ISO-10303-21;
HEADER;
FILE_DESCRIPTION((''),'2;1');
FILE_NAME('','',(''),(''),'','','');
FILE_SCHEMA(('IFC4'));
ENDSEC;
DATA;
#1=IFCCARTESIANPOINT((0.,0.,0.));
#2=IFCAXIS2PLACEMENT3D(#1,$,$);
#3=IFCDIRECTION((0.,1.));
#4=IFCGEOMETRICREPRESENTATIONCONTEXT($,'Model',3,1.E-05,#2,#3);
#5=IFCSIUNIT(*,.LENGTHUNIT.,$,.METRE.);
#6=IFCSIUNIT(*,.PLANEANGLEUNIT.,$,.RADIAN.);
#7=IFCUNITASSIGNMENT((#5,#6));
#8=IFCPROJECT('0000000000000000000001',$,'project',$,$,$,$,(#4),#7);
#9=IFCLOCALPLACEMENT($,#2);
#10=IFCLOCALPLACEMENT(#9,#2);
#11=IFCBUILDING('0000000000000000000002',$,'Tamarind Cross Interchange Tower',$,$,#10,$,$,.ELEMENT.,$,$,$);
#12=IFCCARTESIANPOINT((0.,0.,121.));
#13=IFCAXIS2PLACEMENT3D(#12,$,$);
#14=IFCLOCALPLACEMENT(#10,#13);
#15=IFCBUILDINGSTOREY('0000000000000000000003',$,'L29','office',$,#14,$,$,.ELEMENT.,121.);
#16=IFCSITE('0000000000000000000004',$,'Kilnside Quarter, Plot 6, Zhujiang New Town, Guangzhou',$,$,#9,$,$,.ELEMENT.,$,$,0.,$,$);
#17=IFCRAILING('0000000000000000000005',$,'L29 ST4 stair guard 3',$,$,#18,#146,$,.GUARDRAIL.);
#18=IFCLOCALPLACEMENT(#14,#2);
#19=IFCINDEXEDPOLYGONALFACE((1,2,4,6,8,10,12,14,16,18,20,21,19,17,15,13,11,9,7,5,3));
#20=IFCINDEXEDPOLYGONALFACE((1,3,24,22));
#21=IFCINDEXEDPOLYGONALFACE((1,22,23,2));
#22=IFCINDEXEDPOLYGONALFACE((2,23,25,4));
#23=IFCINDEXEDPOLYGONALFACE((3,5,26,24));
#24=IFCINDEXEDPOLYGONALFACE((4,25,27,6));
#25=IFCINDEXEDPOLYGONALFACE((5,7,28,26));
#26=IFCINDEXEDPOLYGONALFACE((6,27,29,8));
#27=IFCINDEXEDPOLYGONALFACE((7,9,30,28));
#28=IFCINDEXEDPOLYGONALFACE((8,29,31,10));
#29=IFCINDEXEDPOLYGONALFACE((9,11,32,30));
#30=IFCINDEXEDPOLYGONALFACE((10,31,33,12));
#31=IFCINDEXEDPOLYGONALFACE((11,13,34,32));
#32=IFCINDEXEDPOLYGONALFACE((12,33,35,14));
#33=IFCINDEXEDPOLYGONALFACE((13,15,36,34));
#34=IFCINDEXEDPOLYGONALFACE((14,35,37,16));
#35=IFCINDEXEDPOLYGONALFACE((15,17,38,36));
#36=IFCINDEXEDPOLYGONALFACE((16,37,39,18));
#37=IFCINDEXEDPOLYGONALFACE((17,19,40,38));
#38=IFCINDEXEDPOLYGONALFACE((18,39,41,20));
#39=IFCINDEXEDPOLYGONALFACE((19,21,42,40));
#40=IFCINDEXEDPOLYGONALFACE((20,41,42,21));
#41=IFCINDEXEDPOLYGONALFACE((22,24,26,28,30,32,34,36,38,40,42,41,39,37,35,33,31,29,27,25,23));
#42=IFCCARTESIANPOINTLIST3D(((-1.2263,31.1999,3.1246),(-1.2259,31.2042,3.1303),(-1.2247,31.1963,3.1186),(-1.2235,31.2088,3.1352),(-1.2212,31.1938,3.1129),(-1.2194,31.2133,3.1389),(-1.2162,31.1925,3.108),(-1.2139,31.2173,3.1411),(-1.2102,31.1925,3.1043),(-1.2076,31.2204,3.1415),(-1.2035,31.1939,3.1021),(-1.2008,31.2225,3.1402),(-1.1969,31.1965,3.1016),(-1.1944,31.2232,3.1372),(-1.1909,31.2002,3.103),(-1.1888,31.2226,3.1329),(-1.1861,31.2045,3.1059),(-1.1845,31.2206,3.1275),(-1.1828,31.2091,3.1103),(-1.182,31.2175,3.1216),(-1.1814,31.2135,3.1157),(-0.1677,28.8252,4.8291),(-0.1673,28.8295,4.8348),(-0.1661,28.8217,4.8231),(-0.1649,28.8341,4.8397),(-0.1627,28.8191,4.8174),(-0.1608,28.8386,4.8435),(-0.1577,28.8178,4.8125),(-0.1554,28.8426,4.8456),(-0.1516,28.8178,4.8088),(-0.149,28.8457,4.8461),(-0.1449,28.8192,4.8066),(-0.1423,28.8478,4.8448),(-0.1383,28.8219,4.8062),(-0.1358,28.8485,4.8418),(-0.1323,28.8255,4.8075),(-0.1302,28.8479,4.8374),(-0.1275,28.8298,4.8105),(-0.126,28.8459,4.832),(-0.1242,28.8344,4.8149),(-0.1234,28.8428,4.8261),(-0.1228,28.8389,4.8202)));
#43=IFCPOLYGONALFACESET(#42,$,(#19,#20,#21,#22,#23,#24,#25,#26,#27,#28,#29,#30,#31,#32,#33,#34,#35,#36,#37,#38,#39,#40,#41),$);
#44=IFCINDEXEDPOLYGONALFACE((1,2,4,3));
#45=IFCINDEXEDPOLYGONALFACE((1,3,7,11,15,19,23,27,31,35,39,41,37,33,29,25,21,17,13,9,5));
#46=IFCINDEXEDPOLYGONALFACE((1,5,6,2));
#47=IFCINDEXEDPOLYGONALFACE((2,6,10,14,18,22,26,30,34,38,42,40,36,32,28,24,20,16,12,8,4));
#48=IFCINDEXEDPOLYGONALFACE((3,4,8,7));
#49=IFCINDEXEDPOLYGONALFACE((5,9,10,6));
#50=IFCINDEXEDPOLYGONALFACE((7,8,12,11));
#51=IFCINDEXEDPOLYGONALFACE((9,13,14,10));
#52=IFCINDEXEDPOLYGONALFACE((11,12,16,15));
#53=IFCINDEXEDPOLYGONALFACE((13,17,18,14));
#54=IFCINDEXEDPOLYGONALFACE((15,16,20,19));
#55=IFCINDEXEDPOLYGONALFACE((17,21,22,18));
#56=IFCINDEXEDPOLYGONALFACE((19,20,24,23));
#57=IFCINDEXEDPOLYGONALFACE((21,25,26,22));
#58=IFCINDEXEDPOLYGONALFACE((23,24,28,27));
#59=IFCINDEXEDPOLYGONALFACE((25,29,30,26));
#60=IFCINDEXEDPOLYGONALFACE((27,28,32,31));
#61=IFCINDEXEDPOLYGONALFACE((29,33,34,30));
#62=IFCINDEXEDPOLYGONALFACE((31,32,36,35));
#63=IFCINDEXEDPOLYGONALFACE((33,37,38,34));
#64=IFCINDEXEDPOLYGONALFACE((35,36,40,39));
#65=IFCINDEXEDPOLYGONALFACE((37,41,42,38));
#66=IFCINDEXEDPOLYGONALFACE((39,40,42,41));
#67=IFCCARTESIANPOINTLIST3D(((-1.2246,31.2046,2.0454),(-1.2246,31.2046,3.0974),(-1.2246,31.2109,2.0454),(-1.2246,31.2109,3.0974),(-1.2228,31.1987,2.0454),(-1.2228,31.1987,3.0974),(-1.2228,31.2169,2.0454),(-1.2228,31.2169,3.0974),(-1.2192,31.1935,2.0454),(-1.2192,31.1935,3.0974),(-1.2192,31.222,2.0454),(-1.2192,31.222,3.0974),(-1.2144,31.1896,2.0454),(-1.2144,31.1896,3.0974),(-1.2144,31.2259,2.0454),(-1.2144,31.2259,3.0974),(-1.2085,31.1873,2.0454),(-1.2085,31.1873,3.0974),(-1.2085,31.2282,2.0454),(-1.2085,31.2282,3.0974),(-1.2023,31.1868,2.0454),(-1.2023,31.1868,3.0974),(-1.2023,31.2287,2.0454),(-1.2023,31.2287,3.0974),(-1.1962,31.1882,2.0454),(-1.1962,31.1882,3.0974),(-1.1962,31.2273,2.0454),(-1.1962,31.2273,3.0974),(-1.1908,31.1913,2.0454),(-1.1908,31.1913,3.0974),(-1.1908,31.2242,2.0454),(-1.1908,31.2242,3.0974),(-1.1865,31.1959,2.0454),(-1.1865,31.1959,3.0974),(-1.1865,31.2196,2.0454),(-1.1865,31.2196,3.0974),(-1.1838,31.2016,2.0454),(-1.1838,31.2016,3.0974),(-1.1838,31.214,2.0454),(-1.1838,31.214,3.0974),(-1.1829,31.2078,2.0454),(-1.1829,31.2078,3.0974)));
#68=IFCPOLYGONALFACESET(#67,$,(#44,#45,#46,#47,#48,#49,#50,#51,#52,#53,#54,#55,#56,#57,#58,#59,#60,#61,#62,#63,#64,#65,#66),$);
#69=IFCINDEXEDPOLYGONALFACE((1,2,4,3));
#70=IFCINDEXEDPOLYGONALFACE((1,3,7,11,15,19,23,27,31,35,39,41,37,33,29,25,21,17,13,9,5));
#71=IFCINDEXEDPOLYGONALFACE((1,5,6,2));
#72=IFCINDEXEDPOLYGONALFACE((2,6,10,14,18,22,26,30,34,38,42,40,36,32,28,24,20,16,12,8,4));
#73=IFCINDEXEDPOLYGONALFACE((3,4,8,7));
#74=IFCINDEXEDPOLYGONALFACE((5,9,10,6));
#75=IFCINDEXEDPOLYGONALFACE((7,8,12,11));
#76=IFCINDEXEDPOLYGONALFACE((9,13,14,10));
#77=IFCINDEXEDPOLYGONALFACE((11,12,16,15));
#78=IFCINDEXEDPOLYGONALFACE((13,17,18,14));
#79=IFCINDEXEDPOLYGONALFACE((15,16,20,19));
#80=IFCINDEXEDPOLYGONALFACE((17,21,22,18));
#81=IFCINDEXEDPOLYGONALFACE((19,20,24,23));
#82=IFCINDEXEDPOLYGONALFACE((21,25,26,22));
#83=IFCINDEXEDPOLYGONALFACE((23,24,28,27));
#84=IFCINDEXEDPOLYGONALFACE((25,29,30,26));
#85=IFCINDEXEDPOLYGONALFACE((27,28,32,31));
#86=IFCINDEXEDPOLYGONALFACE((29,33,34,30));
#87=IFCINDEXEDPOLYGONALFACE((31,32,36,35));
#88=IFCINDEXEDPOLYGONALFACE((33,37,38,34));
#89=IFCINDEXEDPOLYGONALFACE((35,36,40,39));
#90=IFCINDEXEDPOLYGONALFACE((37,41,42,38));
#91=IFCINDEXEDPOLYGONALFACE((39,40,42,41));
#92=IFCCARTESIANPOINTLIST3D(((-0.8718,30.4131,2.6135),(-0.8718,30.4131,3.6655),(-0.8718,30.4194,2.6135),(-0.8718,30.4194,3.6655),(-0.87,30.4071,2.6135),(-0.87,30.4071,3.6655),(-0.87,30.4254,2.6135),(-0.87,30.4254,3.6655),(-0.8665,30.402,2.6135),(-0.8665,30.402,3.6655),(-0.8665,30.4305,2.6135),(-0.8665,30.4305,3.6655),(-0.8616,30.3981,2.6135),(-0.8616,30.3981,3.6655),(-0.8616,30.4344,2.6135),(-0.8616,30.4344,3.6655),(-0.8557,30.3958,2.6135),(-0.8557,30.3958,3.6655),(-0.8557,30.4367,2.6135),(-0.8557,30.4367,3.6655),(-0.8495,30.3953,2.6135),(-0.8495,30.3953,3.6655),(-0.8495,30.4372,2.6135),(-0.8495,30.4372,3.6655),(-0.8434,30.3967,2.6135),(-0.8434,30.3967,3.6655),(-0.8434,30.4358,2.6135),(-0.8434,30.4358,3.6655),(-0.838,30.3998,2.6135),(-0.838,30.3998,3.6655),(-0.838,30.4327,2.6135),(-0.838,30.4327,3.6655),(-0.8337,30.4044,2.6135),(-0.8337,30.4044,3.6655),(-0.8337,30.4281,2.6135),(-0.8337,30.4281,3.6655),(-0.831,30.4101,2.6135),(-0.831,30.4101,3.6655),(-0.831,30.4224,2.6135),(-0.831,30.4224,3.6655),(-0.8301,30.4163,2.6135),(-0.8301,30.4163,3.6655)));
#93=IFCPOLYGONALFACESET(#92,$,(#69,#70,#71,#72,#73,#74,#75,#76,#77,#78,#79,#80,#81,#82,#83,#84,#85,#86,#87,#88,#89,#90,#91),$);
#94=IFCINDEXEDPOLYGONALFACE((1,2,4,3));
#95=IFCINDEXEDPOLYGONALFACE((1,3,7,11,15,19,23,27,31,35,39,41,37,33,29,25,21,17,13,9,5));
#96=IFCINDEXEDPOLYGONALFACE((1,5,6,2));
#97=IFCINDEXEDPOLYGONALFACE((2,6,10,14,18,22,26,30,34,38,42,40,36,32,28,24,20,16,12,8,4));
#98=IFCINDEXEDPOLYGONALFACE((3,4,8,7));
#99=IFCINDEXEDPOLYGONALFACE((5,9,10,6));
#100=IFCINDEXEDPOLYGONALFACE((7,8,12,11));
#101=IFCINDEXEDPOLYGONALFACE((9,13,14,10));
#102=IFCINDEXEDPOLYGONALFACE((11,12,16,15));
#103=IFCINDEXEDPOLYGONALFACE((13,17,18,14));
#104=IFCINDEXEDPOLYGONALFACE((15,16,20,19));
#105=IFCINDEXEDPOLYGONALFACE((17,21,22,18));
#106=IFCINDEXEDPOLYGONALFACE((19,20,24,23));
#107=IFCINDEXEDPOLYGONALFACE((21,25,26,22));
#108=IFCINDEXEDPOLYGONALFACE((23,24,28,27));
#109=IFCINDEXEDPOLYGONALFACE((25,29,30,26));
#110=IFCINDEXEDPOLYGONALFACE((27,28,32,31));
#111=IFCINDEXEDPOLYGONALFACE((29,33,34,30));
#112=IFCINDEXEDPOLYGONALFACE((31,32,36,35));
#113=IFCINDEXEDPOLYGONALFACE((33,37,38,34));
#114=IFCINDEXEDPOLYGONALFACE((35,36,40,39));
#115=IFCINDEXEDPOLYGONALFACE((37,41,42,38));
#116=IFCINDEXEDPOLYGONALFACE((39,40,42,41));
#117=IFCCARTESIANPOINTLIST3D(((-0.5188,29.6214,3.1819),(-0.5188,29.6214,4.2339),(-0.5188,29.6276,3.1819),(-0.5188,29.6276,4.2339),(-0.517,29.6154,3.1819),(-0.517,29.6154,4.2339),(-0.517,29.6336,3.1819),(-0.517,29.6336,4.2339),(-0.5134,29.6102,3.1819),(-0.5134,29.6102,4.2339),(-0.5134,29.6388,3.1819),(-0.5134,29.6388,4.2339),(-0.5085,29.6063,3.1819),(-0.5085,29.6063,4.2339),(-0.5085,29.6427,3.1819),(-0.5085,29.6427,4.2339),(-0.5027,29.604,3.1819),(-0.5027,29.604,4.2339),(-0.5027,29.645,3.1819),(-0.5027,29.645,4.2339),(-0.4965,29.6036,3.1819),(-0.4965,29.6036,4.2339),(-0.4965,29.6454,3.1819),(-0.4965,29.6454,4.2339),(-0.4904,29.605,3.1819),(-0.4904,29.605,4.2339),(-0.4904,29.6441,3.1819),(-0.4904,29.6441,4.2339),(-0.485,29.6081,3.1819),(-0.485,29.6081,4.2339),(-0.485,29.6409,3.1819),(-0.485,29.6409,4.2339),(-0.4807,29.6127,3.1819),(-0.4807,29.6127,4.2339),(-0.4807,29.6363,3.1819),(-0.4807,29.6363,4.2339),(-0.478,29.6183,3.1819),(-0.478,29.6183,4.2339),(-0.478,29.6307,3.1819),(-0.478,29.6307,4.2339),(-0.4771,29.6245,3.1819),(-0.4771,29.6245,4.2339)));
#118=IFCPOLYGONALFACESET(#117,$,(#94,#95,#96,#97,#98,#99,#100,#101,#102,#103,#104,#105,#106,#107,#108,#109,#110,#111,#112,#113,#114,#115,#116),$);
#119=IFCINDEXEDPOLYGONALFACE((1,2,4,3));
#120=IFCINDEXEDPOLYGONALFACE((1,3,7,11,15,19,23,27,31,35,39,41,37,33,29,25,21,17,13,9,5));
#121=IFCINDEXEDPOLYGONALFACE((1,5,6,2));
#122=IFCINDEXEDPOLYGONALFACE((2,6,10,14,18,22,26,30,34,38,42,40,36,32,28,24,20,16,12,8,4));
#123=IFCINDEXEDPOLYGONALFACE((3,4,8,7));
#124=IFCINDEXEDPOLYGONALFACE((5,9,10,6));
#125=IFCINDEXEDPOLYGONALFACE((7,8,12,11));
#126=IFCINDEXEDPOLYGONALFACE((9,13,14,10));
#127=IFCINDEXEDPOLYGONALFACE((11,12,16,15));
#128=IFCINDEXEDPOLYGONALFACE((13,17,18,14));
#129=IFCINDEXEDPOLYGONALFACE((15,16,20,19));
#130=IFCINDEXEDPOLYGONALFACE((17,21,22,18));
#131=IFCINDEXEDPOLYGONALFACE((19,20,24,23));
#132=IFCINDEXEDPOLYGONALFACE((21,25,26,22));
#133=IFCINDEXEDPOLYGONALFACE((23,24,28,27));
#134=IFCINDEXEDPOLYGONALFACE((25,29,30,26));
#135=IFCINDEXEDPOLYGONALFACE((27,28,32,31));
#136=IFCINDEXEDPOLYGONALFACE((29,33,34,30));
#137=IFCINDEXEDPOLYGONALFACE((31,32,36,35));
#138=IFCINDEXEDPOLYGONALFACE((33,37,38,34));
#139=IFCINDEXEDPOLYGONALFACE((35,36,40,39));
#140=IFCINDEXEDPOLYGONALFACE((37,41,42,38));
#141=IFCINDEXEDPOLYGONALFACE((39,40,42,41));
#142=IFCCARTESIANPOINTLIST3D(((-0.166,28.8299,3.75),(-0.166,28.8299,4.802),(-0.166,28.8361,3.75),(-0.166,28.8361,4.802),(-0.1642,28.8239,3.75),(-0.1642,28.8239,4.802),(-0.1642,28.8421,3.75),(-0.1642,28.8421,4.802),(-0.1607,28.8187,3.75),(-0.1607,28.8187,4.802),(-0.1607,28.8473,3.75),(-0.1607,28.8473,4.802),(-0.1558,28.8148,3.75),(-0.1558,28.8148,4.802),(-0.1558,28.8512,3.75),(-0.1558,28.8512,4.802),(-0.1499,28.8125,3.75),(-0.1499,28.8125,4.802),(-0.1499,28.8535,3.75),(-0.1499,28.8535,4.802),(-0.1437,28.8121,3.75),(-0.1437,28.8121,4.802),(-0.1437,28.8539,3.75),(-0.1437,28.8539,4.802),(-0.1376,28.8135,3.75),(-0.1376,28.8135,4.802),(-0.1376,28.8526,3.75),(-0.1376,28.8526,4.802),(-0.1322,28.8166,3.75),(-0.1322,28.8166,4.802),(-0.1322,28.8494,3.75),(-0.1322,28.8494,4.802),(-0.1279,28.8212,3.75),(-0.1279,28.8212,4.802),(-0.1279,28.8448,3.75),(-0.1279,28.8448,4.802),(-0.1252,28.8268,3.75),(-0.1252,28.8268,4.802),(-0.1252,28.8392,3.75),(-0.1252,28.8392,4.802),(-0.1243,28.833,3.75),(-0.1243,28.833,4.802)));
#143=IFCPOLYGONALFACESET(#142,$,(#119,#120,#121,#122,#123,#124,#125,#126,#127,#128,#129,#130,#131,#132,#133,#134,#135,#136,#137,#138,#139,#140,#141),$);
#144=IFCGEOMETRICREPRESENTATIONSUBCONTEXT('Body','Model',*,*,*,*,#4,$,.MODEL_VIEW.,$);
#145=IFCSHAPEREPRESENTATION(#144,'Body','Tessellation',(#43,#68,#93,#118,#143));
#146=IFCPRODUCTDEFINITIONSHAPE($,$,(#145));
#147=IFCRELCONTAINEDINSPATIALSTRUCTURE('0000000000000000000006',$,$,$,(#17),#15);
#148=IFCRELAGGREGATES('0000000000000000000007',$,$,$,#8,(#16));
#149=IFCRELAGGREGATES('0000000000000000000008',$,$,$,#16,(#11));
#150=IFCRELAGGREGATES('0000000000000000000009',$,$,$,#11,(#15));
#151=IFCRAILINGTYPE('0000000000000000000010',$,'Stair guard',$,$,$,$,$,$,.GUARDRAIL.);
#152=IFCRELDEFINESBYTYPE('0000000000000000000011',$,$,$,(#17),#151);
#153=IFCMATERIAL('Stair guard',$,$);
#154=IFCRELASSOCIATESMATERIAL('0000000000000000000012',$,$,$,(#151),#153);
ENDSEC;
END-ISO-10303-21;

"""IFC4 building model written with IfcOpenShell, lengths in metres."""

from ifc_helpers import new_model, si_unit, direction, frame, origin, origin_2d, place, context, subcontext, project, spatial, circle, extrude, material, type_object, element, save


model = new_model("IFC4")

# Units and contexts
model_context = context("Model", 3, precision=1e-05, world=origin(), true_north=direction((0.0, 1.0)))
body_context = subcontext(model_context, "Body", "Model", "MODEL_VIEW")
ifc_project = project(units=[si_unit("LENGTHUNIT", "METRE"), si_unit("PLANEANGLEUNIT", "RADIAN")], contexts=[model_context])

# Site, building, storey
site_placement = place(None, origin())
site = spatial("IfcSite", under=ifc_project, at=site_placement, Name="Kilnside Quarter, Plot 6, Zhujiang New Town, Guangzhou", CompositionType="ELEMENT", RefElevation=0.0)
building_placement = place(site_placement, origin())
building = spatial("IfcBuilding", under=site, at=building_placement, Name="Tamarind Cross Interchange Tower", CompositionType="ELEMENT")
storey_placement = place(building_placement, frame((0.0, 0.0, 121.0)))
storey = spatial("IfcBuildingStorey", under=building, at=storey_placement, Name="L29", Description="office", CompositionType="ELEMENT", Elevation=121.0)

# Railing
ifc_material_1 = material(Name="Stair guard")
railing_type_1 = type_object("IfcRailingType", Name="Stair guard", PredefinedType="GUARDRAIL", material=ifc_material_1)
railing_1_placement = place(storey_placement, frame((-1.2039, 31.2078, 2.0454)))
element("IfcRailing", 1, at=railing_1_placement, inside=storey, type_object=railing_type_1, Name="L29 ST4 stair guard 3", PredefinedType="GUARDRAIL", context=body_context, shape_type="SweptSolid", body=[
    extrude(circle(Radius=0.0239, at=origin_2d()), frame((0.0, 0.0, 1.0762), z_axis=(0.340496, -0.763839, 0.548281), x_axis=(0.913362, 0.407149, 0.0)), (0.0, 0.0, 1.0), 3.1089),
    extrude(circle(Radius=0.021, at=origin_2d()), origin(), (0.0, 0.0, 1.0), 1.052),
    extrude(circle(Radius=0.021, at=origin_2d()), frame((0.3528, -0.7915, 0.5681)), (0.0, 0.0, 1.0), 1.052),
    extrude(circle(Radius=0.021, at=origin_2d()), frame((0.7058, -1.5833, 1.1365)), (0.0, 0.0, 1.0), 1.052),
    extrude(circle(Radius=0.021, at=origin_2d()), frame((1.0586, -2.3748, 1.7046)), (0.0, 0.0, 1.0), 1.052),
])

save(model, "model.ifc")
